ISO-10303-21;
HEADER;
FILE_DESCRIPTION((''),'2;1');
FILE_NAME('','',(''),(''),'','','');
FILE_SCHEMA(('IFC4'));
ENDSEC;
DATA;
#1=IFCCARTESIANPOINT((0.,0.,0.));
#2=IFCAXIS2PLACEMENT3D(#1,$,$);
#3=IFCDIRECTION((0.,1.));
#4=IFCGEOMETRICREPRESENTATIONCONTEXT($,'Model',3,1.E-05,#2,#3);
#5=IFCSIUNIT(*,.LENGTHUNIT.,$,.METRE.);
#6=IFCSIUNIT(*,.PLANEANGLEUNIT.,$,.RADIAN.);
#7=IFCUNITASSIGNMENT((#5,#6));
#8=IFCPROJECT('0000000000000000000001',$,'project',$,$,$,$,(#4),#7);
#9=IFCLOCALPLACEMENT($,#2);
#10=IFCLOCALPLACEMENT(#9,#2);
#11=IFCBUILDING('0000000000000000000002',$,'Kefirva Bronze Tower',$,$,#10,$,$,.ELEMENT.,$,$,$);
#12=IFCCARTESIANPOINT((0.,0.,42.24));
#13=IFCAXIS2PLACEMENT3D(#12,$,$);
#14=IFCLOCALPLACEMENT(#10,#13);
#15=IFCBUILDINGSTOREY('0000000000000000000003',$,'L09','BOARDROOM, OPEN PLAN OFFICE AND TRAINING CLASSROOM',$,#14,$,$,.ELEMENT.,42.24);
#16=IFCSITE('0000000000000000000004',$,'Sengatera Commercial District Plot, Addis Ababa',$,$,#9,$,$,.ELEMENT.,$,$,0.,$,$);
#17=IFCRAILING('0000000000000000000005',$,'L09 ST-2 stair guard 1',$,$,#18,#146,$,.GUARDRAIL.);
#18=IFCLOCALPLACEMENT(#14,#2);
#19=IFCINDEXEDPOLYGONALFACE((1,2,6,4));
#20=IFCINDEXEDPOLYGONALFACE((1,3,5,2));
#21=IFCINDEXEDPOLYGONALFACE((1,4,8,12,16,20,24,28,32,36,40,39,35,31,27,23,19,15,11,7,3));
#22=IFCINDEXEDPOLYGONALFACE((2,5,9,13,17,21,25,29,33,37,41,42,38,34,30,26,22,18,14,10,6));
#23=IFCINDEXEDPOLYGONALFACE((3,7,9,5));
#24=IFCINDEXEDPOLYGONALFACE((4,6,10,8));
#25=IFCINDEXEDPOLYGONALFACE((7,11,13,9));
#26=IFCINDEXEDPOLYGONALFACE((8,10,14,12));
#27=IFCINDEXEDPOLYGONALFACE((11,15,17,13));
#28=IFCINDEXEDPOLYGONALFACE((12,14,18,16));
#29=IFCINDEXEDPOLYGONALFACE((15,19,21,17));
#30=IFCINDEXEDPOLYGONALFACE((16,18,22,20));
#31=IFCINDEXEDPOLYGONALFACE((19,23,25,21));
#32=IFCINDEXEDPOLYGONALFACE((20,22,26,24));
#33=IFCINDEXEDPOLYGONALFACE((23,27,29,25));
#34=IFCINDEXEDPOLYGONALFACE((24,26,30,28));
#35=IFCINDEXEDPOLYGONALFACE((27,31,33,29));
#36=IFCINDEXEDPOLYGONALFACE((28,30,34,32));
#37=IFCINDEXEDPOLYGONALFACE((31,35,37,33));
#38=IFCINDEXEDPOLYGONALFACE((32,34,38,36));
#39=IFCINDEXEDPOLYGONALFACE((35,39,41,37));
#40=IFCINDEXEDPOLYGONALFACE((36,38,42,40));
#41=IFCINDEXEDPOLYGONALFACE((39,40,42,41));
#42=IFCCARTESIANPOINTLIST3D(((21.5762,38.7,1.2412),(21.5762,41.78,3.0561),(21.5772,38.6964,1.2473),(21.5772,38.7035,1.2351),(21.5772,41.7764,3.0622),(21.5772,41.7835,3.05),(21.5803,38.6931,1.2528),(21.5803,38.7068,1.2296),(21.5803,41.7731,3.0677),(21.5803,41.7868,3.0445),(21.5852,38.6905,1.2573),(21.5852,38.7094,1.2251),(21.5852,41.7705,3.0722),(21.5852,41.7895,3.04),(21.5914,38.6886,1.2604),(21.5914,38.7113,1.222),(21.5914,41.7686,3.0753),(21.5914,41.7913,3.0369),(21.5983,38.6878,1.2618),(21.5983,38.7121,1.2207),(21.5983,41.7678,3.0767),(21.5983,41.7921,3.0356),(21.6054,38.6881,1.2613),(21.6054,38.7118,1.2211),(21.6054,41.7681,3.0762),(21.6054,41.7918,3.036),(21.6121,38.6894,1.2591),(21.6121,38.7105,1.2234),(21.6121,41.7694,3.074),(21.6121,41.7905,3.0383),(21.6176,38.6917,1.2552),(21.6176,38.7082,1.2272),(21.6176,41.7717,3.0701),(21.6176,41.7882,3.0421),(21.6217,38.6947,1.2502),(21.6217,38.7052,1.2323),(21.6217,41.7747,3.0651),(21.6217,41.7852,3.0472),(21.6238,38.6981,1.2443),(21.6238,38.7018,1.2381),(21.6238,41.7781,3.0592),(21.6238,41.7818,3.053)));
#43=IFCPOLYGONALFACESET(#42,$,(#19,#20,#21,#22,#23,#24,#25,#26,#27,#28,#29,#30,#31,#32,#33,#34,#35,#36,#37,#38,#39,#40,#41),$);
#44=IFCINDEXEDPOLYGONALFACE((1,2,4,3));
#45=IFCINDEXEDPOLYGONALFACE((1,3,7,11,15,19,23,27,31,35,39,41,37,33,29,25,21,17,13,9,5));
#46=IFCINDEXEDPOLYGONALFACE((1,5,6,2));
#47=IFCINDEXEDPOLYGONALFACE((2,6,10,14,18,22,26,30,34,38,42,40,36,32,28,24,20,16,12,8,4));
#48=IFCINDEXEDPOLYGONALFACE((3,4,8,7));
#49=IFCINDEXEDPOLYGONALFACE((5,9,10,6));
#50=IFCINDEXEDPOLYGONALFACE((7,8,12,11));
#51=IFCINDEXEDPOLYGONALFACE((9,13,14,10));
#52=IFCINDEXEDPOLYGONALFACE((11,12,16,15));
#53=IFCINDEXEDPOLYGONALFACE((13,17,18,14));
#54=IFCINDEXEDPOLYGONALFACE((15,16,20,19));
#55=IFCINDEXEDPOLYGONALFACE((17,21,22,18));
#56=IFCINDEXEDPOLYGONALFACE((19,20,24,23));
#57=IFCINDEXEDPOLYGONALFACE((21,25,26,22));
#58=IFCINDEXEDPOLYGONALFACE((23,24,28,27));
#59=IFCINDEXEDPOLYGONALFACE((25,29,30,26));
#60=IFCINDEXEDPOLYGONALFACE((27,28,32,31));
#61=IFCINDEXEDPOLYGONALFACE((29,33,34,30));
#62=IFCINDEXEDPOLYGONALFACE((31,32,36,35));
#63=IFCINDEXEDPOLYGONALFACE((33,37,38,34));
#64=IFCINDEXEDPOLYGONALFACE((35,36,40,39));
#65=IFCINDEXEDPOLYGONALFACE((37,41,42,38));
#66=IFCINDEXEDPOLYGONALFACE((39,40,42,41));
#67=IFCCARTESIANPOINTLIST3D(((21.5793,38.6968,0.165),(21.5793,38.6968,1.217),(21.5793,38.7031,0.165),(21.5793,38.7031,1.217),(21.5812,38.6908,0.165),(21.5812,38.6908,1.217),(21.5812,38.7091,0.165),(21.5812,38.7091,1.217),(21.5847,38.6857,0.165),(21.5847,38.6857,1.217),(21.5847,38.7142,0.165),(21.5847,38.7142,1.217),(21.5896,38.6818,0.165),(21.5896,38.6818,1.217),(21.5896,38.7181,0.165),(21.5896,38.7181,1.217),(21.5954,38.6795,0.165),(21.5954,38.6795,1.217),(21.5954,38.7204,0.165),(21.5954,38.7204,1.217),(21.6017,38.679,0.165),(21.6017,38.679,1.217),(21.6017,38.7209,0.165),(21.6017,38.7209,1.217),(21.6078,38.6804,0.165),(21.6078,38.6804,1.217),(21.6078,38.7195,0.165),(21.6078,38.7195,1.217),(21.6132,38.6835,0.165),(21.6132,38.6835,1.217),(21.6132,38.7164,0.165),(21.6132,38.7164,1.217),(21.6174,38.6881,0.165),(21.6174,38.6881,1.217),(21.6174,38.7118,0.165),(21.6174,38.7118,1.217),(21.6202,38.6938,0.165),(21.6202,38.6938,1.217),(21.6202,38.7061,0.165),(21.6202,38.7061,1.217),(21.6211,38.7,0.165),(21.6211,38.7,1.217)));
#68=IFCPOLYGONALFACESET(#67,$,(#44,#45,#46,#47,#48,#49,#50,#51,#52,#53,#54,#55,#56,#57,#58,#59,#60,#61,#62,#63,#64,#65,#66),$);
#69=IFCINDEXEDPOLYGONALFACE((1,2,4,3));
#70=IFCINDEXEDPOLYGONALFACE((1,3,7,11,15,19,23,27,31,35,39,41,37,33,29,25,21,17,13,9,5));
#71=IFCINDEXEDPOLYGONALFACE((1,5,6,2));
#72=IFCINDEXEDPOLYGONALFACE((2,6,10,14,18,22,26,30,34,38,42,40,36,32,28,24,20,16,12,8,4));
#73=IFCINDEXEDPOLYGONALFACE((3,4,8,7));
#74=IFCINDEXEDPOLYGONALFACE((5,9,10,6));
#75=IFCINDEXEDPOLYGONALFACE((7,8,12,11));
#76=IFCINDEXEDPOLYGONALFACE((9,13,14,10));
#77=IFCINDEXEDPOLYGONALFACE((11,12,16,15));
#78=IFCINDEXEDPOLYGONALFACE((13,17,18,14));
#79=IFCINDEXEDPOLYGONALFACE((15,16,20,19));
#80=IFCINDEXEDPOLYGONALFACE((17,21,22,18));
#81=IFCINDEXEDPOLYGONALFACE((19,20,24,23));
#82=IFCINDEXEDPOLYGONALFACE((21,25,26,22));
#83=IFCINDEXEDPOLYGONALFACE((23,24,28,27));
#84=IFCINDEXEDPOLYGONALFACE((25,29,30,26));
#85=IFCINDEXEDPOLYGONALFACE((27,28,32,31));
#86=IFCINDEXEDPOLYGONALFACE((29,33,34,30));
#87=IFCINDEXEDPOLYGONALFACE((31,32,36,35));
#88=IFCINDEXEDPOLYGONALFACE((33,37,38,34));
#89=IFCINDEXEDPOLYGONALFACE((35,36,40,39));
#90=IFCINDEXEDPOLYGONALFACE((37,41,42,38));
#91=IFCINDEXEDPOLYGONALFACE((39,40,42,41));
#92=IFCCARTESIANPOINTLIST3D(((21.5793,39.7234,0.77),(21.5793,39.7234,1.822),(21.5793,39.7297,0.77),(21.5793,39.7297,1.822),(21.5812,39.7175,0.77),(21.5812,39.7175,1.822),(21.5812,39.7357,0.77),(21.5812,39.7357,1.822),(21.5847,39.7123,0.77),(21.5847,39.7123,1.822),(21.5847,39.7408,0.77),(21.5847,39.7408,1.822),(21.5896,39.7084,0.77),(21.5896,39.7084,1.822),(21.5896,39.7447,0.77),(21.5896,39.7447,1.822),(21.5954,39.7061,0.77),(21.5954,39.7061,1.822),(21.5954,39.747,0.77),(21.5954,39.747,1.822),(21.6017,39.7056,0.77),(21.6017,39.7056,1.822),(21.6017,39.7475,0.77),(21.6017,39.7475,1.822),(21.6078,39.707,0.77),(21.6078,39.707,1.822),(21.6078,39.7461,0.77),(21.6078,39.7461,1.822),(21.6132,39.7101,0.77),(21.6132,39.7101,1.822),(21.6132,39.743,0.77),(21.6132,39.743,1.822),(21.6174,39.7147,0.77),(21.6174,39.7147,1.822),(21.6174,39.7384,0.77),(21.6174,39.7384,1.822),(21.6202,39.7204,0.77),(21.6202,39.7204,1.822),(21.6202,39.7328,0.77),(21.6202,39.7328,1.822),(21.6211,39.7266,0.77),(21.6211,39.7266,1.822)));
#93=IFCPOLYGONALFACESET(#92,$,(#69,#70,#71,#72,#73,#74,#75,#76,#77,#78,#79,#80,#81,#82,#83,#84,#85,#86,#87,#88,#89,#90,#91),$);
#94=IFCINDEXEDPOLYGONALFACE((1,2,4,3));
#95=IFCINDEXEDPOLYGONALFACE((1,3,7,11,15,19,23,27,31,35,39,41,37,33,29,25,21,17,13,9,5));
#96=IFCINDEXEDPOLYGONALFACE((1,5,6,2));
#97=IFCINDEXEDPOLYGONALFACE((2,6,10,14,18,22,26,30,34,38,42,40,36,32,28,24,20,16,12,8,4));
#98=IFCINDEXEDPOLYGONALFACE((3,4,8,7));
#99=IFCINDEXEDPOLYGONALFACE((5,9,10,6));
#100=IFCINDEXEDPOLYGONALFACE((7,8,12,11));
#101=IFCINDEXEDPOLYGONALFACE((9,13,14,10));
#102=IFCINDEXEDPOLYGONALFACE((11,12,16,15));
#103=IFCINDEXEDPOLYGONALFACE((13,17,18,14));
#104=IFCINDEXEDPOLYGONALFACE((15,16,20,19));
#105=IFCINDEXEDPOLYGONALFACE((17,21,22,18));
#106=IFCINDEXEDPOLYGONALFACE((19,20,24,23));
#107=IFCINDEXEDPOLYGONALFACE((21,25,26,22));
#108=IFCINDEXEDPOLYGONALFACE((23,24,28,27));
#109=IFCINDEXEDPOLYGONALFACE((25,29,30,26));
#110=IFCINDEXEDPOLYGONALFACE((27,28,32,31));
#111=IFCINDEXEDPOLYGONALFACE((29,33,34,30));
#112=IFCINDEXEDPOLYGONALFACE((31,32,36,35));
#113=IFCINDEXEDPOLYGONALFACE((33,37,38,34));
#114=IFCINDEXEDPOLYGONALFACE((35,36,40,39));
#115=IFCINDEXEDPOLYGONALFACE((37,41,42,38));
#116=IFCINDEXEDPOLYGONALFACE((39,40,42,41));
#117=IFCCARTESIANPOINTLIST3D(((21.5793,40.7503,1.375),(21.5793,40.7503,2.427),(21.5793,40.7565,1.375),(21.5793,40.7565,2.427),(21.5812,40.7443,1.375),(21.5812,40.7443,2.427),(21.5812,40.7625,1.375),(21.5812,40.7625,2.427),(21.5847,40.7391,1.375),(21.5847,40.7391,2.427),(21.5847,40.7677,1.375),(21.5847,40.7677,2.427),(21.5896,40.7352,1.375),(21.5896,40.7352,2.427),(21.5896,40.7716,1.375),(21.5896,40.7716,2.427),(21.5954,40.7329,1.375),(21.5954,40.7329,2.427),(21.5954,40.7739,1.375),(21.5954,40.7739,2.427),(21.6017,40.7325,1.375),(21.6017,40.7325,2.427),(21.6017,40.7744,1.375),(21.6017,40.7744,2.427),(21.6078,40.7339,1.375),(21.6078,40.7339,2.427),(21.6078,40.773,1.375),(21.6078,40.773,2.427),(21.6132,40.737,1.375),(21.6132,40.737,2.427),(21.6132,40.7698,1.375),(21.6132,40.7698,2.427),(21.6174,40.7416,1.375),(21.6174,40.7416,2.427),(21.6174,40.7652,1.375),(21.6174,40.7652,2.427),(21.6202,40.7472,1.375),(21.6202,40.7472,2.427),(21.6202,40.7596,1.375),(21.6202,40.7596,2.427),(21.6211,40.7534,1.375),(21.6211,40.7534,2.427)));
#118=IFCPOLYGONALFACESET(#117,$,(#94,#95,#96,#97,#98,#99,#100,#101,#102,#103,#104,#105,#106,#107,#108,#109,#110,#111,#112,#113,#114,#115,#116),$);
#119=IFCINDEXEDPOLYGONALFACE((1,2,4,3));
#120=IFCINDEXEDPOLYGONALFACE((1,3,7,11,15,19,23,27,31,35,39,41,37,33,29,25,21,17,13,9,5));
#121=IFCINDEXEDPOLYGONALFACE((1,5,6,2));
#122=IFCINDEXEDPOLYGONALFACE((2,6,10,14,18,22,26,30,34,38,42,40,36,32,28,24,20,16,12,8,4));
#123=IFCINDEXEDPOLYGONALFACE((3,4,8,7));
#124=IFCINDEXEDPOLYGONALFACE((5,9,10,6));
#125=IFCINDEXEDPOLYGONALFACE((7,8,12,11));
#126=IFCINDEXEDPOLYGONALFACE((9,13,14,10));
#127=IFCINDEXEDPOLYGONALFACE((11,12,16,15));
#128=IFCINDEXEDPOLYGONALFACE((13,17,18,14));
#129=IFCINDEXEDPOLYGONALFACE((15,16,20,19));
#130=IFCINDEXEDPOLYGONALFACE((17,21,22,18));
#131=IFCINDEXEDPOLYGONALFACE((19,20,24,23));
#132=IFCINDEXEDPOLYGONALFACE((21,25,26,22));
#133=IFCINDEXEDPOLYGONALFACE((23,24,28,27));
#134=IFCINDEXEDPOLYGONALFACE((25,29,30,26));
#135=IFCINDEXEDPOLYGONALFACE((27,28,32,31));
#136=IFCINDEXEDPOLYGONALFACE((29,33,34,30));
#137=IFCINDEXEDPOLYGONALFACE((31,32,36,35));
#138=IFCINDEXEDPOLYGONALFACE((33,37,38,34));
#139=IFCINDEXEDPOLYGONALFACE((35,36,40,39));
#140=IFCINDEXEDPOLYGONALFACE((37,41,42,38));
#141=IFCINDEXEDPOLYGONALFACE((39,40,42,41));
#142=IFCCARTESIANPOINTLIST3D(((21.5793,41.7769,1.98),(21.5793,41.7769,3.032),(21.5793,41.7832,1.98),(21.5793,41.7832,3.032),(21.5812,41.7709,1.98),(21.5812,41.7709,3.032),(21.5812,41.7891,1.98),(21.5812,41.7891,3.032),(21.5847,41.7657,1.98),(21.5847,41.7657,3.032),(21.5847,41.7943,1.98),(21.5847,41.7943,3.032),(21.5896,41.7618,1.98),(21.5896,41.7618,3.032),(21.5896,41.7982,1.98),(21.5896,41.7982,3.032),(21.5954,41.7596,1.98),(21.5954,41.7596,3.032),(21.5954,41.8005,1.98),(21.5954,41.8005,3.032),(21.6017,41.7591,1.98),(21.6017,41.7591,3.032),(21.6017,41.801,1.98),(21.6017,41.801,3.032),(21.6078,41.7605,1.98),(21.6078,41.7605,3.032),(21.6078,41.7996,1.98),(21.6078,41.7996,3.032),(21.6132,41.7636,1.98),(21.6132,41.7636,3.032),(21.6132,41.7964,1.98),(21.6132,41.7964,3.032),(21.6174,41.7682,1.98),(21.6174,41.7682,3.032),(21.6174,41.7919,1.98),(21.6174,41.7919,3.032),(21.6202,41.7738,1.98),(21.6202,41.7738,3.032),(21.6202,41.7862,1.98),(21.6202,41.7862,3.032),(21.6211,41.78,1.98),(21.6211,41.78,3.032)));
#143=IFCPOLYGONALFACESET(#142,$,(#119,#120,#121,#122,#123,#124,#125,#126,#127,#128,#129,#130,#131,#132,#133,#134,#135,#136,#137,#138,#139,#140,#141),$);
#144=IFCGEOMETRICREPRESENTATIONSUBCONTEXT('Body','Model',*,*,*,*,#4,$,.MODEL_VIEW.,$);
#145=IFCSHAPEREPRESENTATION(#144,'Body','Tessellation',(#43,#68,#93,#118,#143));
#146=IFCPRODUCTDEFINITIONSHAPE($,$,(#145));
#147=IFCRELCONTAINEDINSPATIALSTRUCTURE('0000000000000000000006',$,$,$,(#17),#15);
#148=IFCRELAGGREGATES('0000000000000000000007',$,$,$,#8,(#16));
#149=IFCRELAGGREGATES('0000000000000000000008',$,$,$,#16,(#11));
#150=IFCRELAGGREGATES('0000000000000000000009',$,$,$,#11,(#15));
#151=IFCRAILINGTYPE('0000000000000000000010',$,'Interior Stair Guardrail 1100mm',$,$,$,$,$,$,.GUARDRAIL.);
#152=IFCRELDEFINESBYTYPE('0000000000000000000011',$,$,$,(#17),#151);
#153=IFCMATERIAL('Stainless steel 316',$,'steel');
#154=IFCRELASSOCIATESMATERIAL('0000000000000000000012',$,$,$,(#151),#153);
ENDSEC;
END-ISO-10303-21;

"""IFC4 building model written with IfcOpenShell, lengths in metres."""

from ifc_helpers import new_model, si_unit, direction, frame, origin, origin_2d, place, context, subcontext, project, spatial, circle, extrude, material, type_object, element, save


model = new_model("IFC4")

# Units and contexts
model_context = context("Model", 3, precision=1e-05, world=origin(), true_north=direction((0.0, 1.0)))
body_context = subcontext(model_context, "Body", "Model", "MODEL_VIEW")
ifc_project = project(units=[si_unit("LENGTHUNIT", "METRE"), si_unit("PLANEANGLEUNIT", "RADIAN")], contexts=[model_context])

# Site, building, storey
site_placement = place(None, origin())
site = spatial("IfcSite", under=ifc_project, at=site_placement, Name="Sengatera Commercial District Plot, Addis Ababa", CompositionType="ELEMENT", RefElevation=0.0)
building_placement = place(site_placement, origin())
building = spatial("IfcBuilding", under=site, at=building_placement, Name="Kefirva Bronze Tower", CompositionType="ELEMENT")
storey_placement = place(building_placement, frame((0.0, 0.0, 42.24)))
storey = spatial("IfcBuildingStorey", under=building, at=storey_placement, Name="L09", Description="BOARDROOM, OPEN PLAN OFFICE AND TRAINING CLASSROOM", CompositionType="ELEMENT", Elevation=42.24)

# Railing
ifc_material_1 = material(Name="Stainless steel 316", Category="steel")
railing_type_1 = type_object("IfcRailingType", Name="Interior Stair Guardrail 1100mm", PredefinedType="GUARDRAIL", material=ifc_material_1)
railing_1_placement = place(storey_placement, frame((21.6001, 38.7, 0.165)))
element("IfcRailing", 1, at=railing_1_placement, inside=storey, type_object=railing_type_1, Name="L09 ST-2 stair guard 1", PredefinedType="GUARDRAIL", context=body_context, shape_type="SweptSolid", body=[
    extrude(circle(Radius=0.0239, at=origin_2d()), frame((0.0, 0.0, 1.0762), z_axis=(0.0, 0.861551, 0.507671), x_axis=(-1.0, 0.0, 0.0)), (0.0, 0.0, 1.0), 3.575),
    extrude(circle(Radius=0.021, at=origin_2d()), origin(), (0.0, 0.0, 1.0), 1.052),
    extrude(circle(Radius=0.021, at=origin_2d()), frame((0.0, 1.0266, 0.605)), (0.0, 0.0, 1.0), 1.052),
    extrude(circle(Radius=0.021, at=origin_2d()), frame((0.0, 2.0535, 1.21)), (0.0, 0.0, 1.0), 1.052),
    extrude(circle(Radius=0.021, at=origin_2d()), frame((0.0, 3.0801, 1.8149)), (0.0, 0.0, 1.0), 1.052),
])

save(model, "model.ifc")
